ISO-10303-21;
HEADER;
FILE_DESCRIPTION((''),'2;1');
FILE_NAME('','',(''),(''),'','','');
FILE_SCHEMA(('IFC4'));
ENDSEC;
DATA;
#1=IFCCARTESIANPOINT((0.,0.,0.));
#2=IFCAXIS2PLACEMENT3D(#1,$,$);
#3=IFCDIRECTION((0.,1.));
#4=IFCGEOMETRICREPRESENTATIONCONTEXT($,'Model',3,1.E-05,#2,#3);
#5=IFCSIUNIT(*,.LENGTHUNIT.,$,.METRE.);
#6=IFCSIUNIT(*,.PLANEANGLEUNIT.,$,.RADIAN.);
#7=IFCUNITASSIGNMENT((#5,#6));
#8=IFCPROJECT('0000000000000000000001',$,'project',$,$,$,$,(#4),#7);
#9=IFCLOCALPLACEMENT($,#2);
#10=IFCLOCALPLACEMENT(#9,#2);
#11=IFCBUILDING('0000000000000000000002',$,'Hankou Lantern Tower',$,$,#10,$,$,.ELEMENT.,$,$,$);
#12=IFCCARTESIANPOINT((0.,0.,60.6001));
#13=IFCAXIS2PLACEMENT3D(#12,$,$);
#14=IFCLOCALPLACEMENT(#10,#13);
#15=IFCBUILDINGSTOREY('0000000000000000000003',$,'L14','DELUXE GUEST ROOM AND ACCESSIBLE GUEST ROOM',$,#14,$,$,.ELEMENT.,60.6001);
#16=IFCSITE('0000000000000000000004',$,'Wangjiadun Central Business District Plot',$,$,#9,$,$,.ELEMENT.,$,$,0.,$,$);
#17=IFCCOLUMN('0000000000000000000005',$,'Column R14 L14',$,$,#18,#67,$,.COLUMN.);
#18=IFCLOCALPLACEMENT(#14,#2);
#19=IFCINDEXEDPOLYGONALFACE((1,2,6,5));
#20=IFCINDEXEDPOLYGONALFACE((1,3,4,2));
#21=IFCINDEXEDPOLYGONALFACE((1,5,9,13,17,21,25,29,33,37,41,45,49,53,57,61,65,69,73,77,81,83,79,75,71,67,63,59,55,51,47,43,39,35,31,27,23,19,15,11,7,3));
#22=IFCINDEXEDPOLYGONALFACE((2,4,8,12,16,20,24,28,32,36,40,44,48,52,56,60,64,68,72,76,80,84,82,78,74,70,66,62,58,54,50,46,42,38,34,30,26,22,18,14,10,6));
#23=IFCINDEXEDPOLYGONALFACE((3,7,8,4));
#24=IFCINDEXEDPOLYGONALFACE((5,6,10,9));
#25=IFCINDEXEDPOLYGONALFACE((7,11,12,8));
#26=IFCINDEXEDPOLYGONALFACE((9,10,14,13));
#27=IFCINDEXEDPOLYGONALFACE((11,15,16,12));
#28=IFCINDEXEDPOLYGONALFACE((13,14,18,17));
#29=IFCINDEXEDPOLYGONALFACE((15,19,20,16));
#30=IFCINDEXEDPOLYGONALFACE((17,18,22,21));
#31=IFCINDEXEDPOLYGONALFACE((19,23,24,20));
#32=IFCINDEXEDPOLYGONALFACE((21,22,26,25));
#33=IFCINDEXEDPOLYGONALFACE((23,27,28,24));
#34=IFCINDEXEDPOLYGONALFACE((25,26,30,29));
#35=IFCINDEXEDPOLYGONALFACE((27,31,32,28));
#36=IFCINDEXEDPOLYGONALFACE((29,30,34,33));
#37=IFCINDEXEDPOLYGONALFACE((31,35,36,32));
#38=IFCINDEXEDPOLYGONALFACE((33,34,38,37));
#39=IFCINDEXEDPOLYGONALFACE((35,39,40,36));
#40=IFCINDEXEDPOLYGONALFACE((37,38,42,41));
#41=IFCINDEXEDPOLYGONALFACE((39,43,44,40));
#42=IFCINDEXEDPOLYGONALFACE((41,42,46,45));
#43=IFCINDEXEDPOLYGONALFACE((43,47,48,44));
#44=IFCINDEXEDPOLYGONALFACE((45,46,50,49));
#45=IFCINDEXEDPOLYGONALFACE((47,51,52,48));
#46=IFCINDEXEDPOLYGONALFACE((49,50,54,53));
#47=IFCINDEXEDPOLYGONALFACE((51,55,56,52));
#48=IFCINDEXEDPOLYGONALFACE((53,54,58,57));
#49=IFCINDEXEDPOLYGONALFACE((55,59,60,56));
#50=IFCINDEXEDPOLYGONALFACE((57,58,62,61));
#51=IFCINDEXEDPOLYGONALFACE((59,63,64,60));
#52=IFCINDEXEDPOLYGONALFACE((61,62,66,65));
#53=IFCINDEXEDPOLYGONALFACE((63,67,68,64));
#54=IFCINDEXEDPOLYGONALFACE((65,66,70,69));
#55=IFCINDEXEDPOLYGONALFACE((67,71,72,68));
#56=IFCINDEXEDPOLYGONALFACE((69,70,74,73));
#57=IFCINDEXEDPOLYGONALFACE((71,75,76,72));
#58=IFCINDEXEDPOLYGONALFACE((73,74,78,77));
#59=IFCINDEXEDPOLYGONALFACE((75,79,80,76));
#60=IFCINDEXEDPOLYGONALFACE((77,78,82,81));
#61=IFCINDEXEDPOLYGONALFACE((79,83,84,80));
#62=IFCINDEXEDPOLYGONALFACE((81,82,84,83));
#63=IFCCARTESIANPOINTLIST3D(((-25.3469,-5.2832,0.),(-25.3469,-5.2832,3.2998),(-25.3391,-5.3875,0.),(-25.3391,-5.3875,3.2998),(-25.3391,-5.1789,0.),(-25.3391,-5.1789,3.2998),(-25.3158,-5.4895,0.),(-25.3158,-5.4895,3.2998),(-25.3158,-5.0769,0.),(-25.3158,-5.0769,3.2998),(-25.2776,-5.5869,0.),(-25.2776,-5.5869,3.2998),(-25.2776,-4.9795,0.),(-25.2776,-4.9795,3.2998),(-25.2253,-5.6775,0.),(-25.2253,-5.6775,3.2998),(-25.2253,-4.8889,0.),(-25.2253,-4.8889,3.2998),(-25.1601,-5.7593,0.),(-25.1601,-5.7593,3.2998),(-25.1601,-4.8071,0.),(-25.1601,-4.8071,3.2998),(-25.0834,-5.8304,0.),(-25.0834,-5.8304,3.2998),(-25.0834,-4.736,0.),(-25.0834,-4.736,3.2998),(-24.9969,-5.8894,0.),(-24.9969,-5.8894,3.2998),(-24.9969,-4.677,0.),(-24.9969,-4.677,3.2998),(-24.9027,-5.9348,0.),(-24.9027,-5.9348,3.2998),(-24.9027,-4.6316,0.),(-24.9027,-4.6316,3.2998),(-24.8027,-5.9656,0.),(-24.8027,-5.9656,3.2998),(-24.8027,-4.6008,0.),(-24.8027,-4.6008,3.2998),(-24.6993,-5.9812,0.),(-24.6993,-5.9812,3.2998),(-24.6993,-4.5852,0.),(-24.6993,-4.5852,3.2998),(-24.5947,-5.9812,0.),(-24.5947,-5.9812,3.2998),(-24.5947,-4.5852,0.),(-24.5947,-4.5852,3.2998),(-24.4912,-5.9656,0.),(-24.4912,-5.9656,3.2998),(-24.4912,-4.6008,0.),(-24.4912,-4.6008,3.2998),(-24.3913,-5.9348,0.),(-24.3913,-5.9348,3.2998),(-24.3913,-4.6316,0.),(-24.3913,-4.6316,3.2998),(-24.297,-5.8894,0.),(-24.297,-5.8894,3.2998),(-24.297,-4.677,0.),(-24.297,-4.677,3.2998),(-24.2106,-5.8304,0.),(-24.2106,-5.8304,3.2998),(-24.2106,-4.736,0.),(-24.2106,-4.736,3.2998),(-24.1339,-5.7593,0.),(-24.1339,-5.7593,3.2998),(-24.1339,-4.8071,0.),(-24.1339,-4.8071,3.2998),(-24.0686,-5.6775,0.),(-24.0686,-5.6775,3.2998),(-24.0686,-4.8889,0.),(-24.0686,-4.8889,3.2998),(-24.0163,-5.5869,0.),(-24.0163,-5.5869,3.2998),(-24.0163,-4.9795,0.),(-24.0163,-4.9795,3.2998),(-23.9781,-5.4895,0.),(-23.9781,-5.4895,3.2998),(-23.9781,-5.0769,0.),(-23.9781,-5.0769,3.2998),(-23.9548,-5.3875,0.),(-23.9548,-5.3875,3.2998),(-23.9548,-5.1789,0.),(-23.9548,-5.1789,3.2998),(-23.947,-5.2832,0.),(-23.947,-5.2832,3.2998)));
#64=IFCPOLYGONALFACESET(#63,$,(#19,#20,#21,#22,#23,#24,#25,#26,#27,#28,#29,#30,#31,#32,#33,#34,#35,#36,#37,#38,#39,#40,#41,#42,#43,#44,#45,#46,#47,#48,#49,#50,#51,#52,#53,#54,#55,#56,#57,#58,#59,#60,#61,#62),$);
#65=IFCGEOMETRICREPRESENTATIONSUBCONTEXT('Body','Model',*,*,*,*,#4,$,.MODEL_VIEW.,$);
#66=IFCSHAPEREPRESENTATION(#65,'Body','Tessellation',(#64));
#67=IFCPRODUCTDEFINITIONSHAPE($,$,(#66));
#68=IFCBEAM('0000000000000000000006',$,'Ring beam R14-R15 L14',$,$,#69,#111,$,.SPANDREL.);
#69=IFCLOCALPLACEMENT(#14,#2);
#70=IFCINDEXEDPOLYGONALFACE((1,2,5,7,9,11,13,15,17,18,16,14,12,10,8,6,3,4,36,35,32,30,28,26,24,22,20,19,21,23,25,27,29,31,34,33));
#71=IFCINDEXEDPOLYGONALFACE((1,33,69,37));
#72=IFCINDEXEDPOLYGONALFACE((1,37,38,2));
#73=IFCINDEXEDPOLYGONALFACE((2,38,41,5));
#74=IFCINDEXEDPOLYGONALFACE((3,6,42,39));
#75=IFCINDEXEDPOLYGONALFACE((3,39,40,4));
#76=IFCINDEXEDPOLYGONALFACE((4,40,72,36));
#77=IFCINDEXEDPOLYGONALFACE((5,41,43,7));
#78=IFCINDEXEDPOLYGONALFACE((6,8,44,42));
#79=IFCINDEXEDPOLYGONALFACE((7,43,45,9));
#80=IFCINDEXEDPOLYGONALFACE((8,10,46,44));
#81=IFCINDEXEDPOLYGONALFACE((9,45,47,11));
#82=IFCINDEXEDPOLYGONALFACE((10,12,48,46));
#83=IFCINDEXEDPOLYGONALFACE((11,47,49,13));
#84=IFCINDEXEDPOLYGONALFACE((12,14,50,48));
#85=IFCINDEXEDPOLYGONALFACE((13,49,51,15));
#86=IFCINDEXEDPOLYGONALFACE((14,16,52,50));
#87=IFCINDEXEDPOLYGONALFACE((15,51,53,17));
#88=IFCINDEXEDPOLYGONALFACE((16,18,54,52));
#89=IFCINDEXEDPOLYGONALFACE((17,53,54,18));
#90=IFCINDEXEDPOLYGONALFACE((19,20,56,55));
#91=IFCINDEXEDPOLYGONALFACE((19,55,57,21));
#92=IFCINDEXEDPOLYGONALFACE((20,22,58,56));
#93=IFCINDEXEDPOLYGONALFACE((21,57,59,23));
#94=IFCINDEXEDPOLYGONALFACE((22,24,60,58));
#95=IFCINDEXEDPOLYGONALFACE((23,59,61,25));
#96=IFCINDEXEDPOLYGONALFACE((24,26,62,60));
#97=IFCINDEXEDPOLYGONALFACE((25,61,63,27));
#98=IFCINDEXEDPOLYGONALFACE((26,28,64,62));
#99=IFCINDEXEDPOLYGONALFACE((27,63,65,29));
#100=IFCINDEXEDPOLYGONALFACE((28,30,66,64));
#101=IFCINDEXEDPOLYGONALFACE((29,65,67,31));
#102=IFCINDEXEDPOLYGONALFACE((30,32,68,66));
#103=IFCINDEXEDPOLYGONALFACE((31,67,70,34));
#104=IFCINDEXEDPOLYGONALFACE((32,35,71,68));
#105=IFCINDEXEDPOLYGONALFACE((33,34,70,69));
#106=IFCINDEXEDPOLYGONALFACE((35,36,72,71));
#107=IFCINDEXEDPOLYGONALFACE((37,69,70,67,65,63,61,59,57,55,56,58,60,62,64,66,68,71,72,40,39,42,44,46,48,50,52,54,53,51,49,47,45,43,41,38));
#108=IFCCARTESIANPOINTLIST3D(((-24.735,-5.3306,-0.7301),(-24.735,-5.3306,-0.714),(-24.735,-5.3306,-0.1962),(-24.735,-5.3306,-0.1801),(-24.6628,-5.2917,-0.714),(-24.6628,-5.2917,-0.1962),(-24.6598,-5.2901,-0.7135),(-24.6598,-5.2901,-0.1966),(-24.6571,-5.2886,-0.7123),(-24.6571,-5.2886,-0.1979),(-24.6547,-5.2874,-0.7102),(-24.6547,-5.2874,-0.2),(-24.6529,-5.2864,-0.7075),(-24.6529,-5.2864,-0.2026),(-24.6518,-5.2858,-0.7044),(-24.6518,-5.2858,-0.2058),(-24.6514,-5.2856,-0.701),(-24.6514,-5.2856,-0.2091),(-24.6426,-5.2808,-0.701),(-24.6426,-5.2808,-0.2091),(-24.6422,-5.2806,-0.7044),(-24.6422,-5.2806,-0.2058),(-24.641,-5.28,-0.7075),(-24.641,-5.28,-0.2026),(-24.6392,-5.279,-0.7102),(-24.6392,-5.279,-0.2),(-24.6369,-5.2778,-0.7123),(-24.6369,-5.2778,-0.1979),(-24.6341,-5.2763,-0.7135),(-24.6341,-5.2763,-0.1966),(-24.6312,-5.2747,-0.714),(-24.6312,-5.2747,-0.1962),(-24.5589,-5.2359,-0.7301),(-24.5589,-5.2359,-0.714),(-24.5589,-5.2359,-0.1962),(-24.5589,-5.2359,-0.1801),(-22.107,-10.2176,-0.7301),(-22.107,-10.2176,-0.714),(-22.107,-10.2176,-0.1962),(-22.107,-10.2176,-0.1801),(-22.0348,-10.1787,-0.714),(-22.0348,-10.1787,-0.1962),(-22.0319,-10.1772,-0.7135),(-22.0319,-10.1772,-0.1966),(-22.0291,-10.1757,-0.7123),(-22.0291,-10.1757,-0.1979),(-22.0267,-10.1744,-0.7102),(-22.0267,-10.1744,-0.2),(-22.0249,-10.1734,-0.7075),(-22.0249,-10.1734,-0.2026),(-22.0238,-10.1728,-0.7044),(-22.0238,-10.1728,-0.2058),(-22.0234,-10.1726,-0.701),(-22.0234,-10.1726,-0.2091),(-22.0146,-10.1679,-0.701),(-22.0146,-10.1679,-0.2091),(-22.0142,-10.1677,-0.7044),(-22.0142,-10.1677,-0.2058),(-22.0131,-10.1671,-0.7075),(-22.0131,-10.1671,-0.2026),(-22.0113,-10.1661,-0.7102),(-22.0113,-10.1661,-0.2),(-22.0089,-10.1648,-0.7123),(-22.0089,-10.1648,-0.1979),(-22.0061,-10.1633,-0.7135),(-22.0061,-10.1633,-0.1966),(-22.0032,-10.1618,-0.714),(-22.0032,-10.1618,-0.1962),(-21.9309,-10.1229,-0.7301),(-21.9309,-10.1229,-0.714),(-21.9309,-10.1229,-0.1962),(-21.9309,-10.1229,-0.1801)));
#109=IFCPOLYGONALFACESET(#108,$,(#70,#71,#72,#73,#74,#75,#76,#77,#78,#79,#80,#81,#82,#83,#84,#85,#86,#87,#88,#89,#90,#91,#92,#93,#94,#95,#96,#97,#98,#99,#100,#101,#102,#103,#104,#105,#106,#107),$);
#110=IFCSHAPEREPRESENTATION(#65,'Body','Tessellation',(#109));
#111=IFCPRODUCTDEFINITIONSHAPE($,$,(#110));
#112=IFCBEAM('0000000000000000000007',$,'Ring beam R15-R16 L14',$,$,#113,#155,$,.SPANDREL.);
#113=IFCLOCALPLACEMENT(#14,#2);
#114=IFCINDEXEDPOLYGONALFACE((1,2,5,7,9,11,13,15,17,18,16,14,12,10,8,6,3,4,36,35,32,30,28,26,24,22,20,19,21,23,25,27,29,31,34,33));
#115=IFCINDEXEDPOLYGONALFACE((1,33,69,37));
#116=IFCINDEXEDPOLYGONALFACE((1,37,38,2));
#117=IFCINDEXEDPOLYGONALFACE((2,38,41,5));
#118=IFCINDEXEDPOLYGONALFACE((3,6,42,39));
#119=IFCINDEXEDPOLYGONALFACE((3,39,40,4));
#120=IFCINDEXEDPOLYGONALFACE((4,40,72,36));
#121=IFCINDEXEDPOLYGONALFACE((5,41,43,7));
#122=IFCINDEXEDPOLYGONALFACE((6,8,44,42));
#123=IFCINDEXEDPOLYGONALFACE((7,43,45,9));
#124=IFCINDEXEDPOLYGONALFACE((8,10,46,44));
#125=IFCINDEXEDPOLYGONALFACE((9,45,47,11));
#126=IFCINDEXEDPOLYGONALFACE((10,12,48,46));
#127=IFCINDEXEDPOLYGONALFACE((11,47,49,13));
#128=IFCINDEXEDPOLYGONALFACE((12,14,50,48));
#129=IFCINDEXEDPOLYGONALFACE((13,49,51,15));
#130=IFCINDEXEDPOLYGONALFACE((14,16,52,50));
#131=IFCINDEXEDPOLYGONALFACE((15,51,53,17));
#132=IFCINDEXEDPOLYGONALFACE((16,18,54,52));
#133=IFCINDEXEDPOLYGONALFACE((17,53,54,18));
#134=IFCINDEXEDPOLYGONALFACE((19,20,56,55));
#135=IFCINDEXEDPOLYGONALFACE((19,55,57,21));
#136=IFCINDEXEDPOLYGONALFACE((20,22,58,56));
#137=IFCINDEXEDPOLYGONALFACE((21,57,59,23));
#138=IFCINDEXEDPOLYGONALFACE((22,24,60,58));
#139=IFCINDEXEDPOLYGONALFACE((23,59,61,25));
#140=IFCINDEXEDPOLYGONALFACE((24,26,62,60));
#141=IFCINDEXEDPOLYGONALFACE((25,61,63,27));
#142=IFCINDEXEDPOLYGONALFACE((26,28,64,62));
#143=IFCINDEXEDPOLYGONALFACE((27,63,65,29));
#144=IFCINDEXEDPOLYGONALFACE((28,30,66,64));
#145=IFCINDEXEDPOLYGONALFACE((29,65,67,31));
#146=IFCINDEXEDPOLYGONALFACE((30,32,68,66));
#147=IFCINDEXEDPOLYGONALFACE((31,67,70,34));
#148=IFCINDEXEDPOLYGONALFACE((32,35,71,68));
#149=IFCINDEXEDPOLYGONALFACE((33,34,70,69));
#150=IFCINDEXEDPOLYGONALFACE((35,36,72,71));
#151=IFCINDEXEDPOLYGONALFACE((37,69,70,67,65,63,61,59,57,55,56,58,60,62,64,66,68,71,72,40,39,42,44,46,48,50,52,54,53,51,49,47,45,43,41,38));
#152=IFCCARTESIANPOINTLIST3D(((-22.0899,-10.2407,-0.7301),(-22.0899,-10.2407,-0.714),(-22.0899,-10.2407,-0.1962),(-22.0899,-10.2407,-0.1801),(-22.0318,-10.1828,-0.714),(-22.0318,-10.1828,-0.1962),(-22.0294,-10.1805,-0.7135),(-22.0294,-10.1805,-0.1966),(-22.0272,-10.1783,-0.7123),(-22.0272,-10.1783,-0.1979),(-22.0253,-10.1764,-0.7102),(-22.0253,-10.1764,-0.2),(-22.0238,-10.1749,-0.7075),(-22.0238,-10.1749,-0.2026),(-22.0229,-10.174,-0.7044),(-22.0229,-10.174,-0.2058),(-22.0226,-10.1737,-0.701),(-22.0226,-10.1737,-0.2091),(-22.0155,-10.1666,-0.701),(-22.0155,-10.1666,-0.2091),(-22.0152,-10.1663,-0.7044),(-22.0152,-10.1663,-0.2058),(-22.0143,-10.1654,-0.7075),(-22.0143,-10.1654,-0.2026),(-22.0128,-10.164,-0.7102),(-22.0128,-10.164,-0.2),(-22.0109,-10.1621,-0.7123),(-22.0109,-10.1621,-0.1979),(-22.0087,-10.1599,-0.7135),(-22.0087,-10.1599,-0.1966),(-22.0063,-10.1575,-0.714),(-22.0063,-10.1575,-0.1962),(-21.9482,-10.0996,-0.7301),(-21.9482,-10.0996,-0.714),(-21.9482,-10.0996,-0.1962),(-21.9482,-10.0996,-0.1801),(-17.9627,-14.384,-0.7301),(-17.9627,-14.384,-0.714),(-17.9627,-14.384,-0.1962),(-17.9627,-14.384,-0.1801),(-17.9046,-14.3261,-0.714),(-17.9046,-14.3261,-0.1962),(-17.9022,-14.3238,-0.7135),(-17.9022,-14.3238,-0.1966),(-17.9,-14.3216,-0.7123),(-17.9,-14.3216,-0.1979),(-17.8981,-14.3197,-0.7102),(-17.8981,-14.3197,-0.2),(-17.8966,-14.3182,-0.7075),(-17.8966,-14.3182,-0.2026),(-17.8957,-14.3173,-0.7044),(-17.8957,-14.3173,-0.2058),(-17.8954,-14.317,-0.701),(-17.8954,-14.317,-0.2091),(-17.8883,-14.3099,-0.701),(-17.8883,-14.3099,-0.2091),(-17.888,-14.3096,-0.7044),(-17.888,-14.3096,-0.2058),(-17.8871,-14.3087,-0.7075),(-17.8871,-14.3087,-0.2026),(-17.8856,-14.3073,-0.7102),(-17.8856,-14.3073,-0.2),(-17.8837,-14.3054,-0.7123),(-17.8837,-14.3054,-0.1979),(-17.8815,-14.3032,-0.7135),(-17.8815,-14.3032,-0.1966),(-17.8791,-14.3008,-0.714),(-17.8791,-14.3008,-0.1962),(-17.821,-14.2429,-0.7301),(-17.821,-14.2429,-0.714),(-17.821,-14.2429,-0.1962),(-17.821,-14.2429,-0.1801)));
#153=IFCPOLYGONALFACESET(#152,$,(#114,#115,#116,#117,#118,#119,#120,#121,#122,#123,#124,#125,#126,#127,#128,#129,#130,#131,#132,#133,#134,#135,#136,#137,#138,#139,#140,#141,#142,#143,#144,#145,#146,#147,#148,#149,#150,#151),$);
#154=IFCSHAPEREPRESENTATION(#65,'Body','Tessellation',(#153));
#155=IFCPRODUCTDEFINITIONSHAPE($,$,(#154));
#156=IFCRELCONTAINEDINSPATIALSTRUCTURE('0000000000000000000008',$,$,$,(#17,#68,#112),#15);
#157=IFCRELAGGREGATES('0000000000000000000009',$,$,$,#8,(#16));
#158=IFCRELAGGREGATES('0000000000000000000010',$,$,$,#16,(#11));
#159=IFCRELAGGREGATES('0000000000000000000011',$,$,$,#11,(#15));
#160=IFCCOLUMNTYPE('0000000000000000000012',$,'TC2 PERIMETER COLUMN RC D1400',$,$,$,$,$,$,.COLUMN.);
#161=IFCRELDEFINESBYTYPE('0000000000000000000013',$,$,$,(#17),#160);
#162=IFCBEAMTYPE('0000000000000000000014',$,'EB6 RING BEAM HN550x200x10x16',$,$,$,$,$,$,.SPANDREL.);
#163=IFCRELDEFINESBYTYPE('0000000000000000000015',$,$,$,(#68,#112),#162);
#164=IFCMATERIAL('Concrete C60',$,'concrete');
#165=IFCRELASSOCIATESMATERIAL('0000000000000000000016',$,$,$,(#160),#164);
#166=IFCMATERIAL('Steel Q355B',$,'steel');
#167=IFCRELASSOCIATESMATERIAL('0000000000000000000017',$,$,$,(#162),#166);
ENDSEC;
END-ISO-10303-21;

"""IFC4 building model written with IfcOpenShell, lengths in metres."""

from ifc_helpers import new_model, si_unit, direction, frame, origin, origin_2d, place, context, subcontext, project, spatial, circle, i_section, extrude, material, material_profile, profile_set, type_object, element, save


model = new_model("IFC4")

# Units and contexts
model_context = context("Model", 3, precision=1e-05, world=origin(), true_north=direction((0.0, 1.0)))
body_context = subcontext(model_context, "Body", "Model", "MODEL_VIEW")
ifc_project = project(units=[si_unit("LENGTHUNIT", "METRE"), si_unit("PLANEANGLEUNIT", "RADIAN")], contexts=[model_context])

# Site, building, storey
site_placement = place(None, origin())
site = spatial("IfcSite", under=ifc_project, at=site_placement, Name="Wangjiadun Central Business District Plot", CompositionType="ELEMENT", RefElevation=0.0)
building_placement = place(site_placement, origin())
building = spatial("IfcBuilding", under=site, at=building_placement, Name="Hankou Lantern Tower", CompositionType="ELEMENT")
storey_placement = place(building_placement, frame((0.0, 0.0, 60.6001)))
storey = spatial("IfcBuildingStorey", under=building, at=storey_placement, Name="L14", Description="DELUXE GUEST ROOM AND ACCESSIBLE GUEST ROOM", CompositionType="ELEMENT", Elevation=60.6001)

# Column
ifc_material_1 = material(Name="Concrete C60", Category="concrete")
ifc_material_profile_1 = material_profile(ifc_material_1, circle(Radius=0.7, at=origin_2d()), Name="RC D1400")
ifc_profile_set_1 = profile_set([ifc_material_profile_1], Name="Concrete C60")
column_type = type_object("IfcColumnType", Name="TC2 PERIMETER COLUMN RC D1400", PredefinedType="COLUMN", material=ifc_profile_set_1)
column_placement = place(storey_placement, frame((-24.647, -5.2832, 0.0), z_axis=(0.0, 0.0, 1.0), x_axis=(1.0, 0.0, 0.0)))
element("IfcColumn", 1, at=column_placement, inside=storey, type_object=column_type, Name="Column R14 L14", PredefinedType="COLUMN", context=body_context, shape_type="SweptSolid", body=[
    extrude(circle(Radius=0.7, at=origin_2d()), origin(), (0.0, 0.0, 1.0), 3.2998),
])

# Beams
ifc_material_2 = material(Name="Steel Q355B", Category="steel")
ifc_material_profile_2 = material_profile(ifc_material_2, i_section(OverallWidth=0.2, OverallDepth=0.55, WebThickness=0.01, FlangeThickness=0.0161, FilletRadius=0.0129, at=origin_2d()), Name="HN550x200x10x16")
ifc_profile_set_2 = profile_set([ifc_material_profile_2], Name="Steel Q355B")
beam_type_1 = type_object("IfcBeamType", Name="EB6 RING BEAM HN550x200x10x16", PredefinedType="SPANDREL", material=ifc_profile_set_2)
beam_1_placement = place(storey_placement, frame((-24.647, -5.2832, -0.4551), z_axis=(0.473609, -0.880735, 0.0), x_axis=(0.880735, 0.473609, 0.0)))
element("IfcBeam", 2, at=beam_1_placement, inside=storey, type_object=beam_type_1, Name="Ring beam R14-R15 L14", PredefinedType="SPANDREL", context=body_context, shape_type="SweptSolid", body=[
    extrude(i_section(OverallWidth=0.2, OverallDepth=0.55, WebThickness=0.01, FlangeThickness=0.0161, FilletRadius=0.0129, at=origin_2d()), origin(), (0.0, 0.0, 1.0), 5.5488),
])
beam_2_placement = place(storey_placement, frame((-22.019, -10.1702, -0.4551), z_axis=(0.705728, -0.708483, 0.0), x_axis=(0.708483, 0.705728, 0.0)))
element("IfcBeam", 3, at=beam_2_placement, inside=storey, type_object=beam_type_1, Name="Ring beam R15-R16 L14", PredefinedType="SPANDREL", context=body_context, shape_type="SweptSolid", body=[
    extrude(i_section(OverallWidth=0.2, OverallDepth=0.55, WebThickness=0.01, FlangeThickness=0.0161, FilletRadius=0.0129, at=origin_2d()), origin(), (0.0, 0.0, 1.0), 5.8481),
])

save(model, "model.ifc")
